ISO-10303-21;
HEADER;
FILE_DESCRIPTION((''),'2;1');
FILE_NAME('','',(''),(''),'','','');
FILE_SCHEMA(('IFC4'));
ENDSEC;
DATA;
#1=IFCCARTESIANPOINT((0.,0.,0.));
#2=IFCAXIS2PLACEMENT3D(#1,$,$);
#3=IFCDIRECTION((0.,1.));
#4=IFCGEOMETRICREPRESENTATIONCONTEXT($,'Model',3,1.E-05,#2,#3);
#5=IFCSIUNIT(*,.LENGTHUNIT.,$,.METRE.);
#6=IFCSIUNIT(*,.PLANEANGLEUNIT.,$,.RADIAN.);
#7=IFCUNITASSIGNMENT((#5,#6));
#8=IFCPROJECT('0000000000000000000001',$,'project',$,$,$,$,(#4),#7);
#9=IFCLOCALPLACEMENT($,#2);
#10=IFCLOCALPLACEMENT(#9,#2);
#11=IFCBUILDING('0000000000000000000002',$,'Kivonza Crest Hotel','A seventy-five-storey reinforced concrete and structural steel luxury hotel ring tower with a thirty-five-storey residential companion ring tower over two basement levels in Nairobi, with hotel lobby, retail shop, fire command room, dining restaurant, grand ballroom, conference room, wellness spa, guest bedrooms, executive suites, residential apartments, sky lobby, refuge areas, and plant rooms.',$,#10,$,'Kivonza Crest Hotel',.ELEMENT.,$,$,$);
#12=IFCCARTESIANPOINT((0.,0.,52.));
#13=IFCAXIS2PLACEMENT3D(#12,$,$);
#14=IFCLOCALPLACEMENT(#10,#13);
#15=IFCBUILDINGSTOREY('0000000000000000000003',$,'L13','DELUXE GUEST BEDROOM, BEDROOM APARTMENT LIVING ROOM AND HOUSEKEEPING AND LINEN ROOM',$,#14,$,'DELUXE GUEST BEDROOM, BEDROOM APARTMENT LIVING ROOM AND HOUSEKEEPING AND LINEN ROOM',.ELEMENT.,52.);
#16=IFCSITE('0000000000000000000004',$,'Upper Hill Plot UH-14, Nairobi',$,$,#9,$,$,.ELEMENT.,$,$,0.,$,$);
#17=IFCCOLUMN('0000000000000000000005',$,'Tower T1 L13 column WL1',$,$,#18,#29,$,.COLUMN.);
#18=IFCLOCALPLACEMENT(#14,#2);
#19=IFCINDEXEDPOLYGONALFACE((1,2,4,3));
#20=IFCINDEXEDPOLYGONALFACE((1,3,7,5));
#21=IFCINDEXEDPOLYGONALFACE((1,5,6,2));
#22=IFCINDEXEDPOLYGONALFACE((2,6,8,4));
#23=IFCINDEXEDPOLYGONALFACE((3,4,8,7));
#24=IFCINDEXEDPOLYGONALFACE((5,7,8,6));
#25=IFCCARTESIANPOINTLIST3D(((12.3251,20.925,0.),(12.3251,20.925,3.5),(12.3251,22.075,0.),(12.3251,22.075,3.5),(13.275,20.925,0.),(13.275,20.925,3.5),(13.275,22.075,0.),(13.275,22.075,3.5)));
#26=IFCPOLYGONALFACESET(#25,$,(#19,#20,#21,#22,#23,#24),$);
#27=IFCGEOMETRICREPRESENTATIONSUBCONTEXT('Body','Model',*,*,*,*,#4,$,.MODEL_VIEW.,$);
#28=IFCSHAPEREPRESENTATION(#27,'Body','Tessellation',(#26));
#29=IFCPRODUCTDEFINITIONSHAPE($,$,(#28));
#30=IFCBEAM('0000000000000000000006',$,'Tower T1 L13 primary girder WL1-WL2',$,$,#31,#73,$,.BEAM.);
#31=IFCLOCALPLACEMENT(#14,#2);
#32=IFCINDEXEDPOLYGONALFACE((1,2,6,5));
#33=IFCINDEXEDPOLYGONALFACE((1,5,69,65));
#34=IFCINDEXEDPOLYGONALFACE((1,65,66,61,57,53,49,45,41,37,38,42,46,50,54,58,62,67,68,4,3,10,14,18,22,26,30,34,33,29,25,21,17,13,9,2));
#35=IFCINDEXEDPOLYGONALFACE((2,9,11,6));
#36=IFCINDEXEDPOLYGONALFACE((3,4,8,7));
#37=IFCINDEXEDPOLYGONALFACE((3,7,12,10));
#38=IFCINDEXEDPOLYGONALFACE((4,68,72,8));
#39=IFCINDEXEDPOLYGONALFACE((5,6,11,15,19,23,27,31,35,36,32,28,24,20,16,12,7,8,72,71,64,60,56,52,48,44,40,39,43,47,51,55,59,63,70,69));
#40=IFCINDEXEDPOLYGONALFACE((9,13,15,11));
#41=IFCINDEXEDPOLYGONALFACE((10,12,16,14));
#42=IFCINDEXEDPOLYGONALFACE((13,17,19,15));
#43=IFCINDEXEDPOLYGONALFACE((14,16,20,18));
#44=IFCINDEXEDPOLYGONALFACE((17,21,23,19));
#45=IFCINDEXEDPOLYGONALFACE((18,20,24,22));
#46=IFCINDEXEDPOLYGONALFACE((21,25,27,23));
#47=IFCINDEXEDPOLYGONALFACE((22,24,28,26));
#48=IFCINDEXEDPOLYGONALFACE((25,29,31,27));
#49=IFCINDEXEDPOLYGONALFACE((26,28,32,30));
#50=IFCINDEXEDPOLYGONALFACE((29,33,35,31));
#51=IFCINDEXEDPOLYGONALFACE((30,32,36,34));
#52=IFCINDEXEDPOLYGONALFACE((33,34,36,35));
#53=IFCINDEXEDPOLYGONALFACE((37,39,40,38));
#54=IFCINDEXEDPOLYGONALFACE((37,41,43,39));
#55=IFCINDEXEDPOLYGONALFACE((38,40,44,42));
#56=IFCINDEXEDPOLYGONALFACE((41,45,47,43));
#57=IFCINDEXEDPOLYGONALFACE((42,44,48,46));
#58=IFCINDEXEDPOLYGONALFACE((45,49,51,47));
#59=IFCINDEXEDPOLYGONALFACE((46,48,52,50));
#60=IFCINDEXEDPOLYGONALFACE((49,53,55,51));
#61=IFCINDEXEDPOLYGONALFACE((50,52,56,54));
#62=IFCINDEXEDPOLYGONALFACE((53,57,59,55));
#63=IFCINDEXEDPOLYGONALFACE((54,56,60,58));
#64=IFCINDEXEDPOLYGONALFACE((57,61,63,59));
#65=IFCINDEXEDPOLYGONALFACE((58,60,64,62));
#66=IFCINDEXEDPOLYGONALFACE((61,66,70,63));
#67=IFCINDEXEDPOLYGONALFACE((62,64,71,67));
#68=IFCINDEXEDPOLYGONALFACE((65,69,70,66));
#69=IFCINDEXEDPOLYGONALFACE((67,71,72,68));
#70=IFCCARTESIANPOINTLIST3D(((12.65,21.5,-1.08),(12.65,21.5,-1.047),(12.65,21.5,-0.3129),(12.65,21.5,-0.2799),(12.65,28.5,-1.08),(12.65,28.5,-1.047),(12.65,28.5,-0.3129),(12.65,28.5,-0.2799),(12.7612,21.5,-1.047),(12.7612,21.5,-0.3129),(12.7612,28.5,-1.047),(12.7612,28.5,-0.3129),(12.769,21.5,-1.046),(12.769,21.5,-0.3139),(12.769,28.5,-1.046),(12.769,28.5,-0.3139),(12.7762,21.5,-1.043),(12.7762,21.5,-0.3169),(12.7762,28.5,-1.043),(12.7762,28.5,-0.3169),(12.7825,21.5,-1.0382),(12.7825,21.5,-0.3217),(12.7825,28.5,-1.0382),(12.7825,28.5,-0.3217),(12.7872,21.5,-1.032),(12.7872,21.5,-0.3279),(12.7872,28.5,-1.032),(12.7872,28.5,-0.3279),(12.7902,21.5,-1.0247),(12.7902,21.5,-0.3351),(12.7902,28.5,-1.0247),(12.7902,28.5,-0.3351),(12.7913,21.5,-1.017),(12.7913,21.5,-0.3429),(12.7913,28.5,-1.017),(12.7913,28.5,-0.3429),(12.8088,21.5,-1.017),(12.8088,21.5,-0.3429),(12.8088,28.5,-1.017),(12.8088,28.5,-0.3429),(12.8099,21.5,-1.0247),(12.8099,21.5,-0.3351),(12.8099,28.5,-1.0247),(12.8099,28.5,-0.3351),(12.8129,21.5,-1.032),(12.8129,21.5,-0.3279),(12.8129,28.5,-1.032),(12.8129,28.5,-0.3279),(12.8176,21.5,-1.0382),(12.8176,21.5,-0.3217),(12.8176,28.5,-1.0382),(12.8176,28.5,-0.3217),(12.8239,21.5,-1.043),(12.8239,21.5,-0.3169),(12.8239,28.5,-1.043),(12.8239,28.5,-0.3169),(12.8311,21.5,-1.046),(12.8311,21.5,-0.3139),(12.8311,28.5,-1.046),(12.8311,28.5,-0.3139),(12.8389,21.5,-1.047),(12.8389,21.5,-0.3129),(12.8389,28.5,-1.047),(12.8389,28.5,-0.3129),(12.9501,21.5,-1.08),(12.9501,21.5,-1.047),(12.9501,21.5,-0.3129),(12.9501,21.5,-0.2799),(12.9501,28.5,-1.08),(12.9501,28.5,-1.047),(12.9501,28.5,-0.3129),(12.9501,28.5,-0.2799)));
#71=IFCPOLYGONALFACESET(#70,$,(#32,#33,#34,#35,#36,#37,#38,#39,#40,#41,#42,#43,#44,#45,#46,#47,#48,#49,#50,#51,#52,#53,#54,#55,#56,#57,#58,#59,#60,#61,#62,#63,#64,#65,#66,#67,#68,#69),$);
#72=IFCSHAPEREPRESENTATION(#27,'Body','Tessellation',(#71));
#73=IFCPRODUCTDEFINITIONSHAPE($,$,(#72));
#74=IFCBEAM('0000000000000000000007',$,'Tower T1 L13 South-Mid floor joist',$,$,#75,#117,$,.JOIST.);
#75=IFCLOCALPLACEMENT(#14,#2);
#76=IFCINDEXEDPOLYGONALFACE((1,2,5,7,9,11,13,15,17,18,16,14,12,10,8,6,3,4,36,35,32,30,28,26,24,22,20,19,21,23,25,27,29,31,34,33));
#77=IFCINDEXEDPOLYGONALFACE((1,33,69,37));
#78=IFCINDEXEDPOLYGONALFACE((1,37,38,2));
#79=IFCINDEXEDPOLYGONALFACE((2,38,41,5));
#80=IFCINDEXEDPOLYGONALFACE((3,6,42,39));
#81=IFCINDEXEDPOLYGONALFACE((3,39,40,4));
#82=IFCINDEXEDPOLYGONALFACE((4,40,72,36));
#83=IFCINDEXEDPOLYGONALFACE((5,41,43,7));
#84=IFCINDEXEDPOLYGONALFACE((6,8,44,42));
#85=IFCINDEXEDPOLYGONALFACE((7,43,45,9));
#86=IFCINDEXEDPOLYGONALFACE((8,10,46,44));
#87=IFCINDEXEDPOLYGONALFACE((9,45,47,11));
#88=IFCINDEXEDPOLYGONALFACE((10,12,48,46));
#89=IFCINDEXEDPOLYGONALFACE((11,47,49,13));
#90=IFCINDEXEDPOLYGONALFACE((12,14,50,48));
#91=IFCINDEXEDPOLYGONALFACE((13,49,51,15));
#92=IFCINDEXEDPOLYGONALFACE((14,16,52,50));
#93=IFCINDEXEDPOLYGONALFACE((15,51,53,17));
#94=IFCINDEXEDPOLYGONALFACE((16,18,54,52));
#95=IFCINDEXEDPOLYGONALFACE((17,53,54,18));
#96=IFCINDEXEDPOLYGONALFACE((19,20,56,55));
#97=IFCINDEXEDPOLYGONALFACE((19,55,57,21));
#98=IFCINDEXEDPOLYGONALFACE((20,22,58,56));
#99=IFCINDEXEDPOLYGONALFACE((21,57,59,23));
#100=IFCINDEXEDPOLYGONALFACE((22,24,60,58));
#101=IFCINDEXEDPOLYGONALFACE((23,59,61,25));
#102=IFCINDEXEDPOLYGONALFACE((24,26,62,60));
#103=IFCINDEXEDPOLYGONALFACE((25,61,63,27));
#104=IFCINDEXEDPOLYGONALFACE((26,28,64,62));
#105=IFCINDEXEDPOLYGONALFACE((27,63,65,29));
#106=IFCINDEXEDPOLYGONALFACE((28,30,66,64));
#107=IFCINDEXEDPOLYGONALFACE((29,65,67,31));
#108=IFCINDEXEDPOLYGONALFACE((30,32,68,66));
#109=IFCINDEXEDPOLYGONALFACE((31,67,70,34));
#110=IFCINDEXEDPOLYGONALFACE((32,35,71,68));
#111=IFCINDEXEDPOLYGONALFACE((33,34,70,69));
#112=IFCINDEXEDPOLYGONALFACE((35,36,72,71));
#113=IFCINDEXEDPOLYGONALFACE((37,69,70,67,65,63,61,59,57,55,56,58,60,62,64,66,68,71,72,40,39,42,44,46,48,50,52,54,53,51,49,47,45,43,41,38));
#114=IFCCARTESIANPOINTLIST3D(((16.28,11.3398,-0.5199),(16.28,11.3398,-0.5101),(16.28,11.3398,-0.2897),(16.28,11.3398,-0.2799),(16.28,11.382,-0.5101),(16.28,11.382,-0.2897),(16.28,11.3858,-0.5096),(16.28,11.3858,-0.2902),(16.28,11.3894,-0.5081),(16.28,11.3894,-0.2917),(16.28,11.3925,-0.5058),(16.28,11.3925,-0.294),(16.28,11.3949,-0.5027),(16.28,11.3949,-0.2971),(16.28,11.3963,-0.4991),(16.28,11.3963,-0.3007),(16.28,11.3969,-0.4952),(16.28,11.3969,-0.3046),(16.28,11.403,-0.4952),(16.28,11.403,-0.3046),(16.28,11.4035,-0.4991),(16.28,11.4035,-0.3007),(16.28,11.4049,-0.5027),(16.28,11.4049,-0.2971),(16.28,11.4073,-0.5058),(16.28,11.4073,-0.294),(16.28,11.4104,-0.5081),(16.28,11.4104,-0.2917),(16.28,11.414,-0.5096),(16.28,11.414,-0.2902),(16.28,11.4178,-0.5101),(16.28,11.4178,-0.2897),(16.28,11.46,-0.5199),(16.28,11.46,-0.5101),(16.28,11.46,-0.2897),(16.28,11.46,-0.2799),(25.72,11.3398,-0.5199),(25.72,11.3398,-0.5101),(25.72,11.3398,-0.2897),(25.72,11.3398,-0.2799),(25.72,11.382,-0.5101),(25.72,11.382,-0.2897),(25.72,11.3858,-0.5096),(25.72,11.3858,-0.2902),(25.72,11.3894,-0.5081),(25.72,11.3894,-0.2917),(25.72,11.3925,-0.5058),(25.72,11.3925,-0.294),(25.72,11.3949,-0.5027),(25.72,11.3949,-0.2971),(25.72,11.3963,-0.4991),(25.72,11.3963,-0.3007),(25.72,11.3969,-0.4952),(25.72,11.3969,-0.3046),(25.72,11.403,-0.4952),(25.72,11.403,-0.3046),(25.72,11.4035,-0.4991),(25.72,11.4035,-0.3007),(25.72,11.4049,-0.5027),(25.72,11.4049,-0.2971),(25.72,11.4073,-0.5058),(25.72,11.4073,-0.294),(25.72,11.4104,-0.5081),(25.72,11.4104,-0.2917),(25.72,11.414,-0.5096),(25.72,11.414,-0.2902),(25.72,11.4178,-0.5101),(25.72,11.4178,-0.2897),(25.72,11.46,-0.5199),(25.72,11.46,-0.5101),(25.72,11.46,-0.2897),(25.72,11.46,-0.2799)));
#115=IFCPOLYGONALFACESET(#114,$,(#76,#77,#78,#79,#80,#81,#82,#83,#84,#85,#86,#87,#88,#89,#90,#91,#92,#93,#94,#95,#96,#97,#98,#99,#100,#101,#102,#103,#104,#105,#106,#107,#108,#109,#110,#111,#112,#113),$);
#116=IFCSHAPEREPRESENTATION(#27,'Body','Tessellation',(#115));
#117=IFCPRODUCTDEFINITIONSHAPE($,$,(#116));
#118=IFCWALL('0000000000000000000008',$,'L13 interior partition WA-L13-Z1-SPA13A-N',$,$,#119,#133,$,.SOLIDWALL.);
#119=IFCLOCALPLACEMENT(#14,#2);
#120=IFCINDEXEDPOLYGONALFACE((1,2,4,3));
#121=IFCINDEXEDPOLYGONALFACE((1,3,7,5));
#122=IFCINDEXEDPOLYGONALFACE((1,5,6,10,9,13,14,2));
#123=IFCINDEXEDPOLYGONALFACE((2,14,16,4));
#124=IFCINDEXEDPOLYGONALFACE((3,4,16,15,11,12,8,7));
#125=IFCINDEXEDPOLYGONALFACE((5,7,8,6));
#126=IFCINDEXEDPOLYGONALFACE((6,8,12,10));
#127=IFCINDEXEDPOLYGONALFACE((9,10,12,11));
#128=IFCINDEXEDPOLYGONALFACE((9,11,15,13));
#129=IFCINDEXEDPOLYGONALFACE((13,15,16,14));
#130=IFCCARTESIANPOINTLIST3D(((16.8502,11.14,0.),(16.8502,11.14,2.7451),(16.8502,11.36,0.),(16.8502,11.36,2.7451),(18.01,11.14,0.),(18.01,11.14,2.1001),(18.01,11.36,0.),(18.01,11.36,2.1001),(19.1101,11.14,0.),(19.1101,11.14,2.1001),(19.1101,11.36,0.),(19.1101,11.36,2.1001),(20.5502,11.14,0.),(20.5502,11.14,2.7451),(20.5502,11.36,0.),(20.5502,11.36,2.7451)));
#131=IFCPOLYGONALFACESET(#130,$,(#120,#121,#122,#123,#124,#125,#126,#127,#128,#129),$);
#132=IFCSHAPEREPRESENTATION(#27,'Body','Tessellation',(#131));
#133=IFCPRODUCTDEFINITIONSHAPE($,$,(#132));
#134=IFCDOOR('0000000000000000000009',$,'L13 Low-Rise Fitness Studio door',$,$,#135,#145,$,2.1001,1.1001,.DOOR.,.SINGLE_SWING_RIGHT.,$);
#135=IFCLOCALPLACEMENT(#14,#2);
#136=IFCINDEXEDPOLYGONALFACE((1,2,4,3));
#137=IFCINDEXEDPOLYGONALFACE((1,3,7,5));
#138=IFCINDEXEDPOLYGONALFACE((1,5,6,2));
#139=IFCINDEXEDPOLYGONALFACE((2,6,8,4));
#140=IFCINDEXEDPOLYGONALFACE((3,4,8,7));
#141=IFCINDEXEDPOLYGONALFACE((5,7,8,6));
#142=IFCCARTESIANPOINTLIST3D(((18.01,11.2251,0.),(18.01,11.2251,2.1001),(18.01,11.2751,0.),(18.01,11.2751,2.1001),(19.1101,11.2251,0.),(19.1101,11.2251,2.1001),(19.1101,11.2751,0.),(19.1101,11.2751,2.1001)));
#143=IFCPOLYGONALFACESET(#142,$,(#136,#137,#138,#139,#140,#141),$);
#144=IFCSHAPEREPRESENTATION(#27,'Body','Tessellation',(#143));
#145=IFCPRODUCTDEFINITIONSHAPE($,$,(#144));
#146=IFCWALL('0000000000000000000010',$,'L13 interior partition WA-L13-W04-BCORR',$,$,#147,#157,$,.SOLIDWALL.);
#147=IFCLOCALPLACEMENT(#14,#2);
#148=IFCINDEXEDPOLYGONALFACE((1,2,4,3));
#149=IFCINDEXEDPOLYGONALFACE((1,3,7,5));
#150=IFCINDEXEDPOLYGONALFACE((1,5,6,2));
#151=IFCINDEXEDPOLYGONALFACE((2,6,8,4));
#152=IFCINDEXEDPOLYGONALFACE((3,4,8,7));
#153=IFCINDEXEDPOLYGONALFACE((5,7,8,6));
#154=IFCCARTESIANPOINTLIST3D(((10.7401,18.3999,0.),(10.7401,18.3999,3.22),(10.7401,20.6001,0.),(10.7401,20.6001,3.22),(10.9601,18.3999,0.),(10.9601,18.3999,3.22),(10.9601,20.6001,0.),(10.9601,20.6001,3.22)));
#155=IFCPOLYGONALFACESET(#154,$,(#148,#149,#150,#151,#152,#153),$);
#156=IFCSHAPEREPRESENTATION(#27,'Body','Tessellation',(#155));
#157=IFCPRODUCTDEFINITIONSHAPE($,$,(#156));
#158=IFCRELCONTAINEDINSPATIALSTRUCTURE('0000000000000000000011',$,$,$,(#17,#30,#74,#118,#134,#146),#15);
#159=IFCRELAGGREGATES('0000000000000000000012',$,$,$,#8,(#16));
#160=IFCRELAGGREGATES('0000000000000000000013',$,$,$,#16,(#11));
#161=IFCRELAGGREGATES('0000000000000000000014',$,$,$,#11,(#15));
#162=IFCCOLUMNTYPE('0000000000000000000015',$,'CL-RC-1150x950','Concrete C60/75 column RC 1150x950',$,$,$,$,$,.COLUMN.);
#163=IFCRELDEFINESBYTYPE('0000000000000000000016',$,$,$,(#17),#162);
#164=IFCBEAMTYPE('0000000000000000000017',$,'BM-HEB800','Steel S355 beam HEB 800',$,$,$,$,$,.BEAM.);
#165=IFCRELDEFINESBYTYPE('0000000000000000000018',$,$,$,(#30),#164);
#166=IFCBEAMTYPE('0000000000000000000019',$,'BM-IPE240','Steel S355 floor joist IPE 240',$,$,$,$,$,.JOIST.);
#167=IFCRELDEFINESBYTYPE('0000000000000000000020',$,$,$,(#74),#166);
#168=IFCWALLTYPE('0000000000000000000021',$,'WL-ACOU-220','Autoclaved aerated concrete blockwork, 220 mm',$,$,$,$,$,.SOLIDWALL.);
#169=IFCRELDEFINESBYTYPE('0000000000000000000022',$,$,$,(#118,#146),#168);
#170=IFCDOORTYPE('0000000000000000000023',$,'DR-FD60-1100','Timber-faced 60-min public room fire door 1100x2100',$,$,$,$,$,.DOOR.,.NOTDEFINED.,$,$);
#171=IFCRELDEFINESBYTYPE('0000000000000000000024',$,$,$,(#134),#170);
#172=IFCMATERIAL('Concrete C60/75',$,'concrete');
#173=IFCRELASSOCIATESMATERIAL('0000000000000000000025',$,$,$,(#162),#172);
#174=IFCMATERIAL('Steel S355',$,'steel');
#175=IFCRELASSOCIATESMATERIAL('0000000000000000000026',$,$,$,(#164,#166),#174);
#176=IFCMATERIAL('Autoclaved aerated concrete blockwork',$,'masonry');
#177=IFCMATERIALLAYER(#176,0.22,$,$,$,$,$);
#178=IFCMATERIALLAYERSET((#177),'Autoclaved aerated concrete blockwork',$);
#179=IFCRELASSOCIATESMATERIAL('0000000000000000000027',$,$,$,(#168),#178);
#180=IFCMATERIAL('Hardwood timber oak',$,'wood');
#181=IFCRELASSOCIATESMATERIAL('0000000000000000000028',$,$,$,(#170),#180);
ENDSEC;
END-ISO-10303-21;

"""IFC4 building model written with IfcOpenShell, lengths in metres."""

from ifc_helpers import new_model, si_unit, direction, frame, frame_2d, origin, origin_2d, place, context, subcontext, project, spatial, rectangle, i_section, extrude, material, layer, layer_set, material_profile, profile_set, type_object, element, fill, save


model = new_model("IFC4")

# Units and contexts
model_context = context("Model", 3, precision=1e-05, world=origin(), true_north=direction((0.0, 1.0)))
body_context = subcontext(model_context, "Body", "Model", "MODEL_VIEW")
ifc_project = project(units=[si_unit("LENGTHUNIT", "METRE"), si_unit("PLANEANGLEUNIT", "RADIAN")], contexts=[model_context])

# Site, building, storey
site_placement = place(None, origin())
site = spatial("IfcSite", under=ifc_project, at=site_placement, Name="Upper Hill Plot UH-14, Nairobi", CompositionType="ELEMENT", RefElevation=0.0)
building_placement = place(site_placement, origin())
building = spatial("IfcBuilding", under=site, at=building_placement, Name="Kivonza Crest Hotel", Description="A seventy-five-storey reinforced concrete and structural steel luxury hotel ring tower with a thirty-five-storey residential companion ring tower over two basement levels in Nairobi, with hotel lobby, retail shop, fire command room, dining restaurant, grand ballroom, conference room, wellness spa, guest bedrooms, executive suites, residential apartments, sky lobby, refuge areas, and plant rooms.", LongName="Kivonza Crest Hotel", CompositionType="ELEMENT")
storey_placement = place(building_placement, frame((0.0, 0.0, 52.0)))
storey = spatial("IfcBuildingStorey", under=building, at=storey_placement, Name="L13", Description="DELUXE GUEST BEDROOM, BEDROOM APARTMENT LIVING ROOM AND HOUSEKEEPING AND LINEN ROOM", LongName="DELUXE GUEST BEDROOM, BEDROOM APARTMENT LIVING ROOM AND HOUSEKEEPING AND LINEN ROOM", CompositionType="ELEMENT", Elevation=52.0)

# Column
ifc_material_1 = material(Name="Concrete C60/75", Category="concrete")
ifc_material_profile_1 = material_profile(ifc_material_1, rectangle(XDim=0.95, YDim=1.1499, at=origin_2d()), Name="RC 1150x950")
ifc_profile_set_1 = profile_set([ifc_material_profile_1], Name="Concrete C60/75")
column_type = type_object("IfcColumnType", Name="CL-RC-1150x950", Description="Concrete C60/75 column RC 1150x950", PredefinedType="COLUMN", material=ifc_profile_set_1)
column_placement = place(storey_placement, frame((12.8, 21.5, 0.0), z_axis=(0.0, 0.0, 1.0), x_axis=(1.0, 0.0, 0.0)))
element("IfcColumn", 1, at=column_placement, inside=storey, type_object=column_type, Name="Tower T1 L13 column WL1", PredefinedType="COLUMN", context=body_context, shape_type="SweptSolid", body=[
    extrude(rectangle(XDim=0.95, YDim=1.1499, at=origin_2d()), origin(), (0.0, 0.0, 1.0), 3.5),
])

# Beams
ifc_material_2 = material(Name="Steel S355", Category="steel")
ifc_material_profile_2 = material_profile(ifc_material_2, i_section(OverallWidth=0.3, OverallDepth=0.8, WebThickness=0.0176, FlangeThickness=0.033, FilletRadius=0.03, at=origin_2d()), Name="HEB 800")
ifc_profile_set_2 = profile_set([ifc_material_profile_2], Name="Steel S355")
beam_type_1 = type_object("IfcBeamType", Name="BM-HEB800", Description="Steel S355 beam HEB 800", PredefinedType="BEAM", material=ifc_profile_set_2)
beam_1_placement = place(storey_placement, frame((12.8, 21.5, -0.6799), z_axis=(0.0, 1.0, 0.0), x_axis=(-1.0, 0.0, 0.0)))
element("IfcBeam", 2, at=beam_1_placement, inside=storey, type_object=beam_type_1, Name="Tower T1 L13 primary girder WL1-WL2", PredefinedType="BEAM", context=body_context, shape_type="SweptSolid", body=[
    extrude(i_section(OverallWidth=0.3, OverallDepth=0.8, WebThickness=0.0176, FlangeThickness=0.033, FilletRadius=0.03, at=origin_2d()), origin(), (0.0, 0.0, 1.0), 7.0),
])
ifc_material_profile_3 = material_profile(ifc_material_2, i_section(OverallWidth=0.1201, OverallDepth=0.24, WebThickness=0.0061, FlangeThickness=0.0098, FilletRadius=0.0149, at=origin_2d()), Name="IPE 240")
ifc_profile_set_3 = profile_set([ifc_material_profile_3], Name="Steel S355")
beam_type_2 = type_object("IfcBeamType", Name="BM-IPE240", Description="Steel S355 floor joist IPE 240", PredefinedType="JOIST", material=ifc_profile_set_3)
beam_2_placement = place(storey_placement, frame((16.28, 11.3999, -0.3999), z_axis=(1.0, 0.0, 0.0), x_axis=(0.0, 1.0, 0.0)))
element("IfcBeam", 3, at=beam_2_placement, inside=storey, type_object=beam_type_2, Name="Tower T1 L13 South-Mid floor joist", PredefinedType="JOIST", context=body_context, shape_type="SweptSolid", body=[
    extrude(i_section(OverallWidth=0.1201, OverallDepth=0.24, WebThickness=0.0061, FlangeThickness=0.0098, FilletRadius=0.0149, at=origin_2d()), origin(), (0.0, 0.0, 1.0), 9.4399),
])

# Wall, opening, door
ifc_material_3 = material(Name="Autoclaved aerated concrete blockwork", Category="masonry")
ifc_layer_1 = layer(ifc_material_3, 0.22)
ifc_layer_set_1 = layer_set([ifc_layer_1], Name="Autoclaved aerated concrete blockwork")
wall_type_1 = type_object("IfcWallType", Name="WL-ACOU-220", Description="Autoclaved aerated concrete blockwork, 220 mm", PredefinedType="SOLIDWALL", material=ifc_layer_set_1)
wall_1_placement = place(storey_placement, frame((16.8501, 11.25, 0.0), z_axis=(0.0, 0.0, 1.0), x_axis=(1.0, 0.0, 0.0)))
wall_1 = element("IfcWall", 4, at=wall_1_placement, inside=storey, type_object=wall_type_1, Name="L13 interior partition WA-L13-Z1-SPA13A-N", PredefinedType="SOLIDWALL", context=body_context, shape_type="SweptSolid", body=[
    extrude(rectangle(XDim=3.7, YDim=0.22, at=frame_2d((1.8501, 0.0))), origin(), (0.0, 0.0, 1.0), 2.7451),
])
opening_1_placement = place(wall_1_placement, frame((1.1599, 0.0, 0.0)))
opening_1 = element("IfcOpeningElement", 5, at=opening_1_placement, cuts=wall_1, PredefinedType="OPENING", context=body_context, shape_type="SweptSolid", body=[
    extrude(rectangle(XDim=1.1001, YDim=2.1001, at=frame_2d((0.55, 1.05))), frame((0.0, 0.1201, 0.0), z_axis=(0.0, -1.0, 0.0), x_axis=(1.0, 0.0, 0.0)), (0.0, 0.0, 1.0), 0.24),
])
ifc_material_4 = material(Name="Hardwood timber oak", Category="wood")
door_type_1 = type_object("IfcDoorType", Name="DR-FD60-1100", Description="Timber-faced 60-min public room fire door 1100x2100", OperationType="NOTDEFINED", PredefinedType="DOOR", material=ifc_material_4)
door_1_placement = place(opening_1_placement, frame((1.1001, 0.0, 0.0), z_axis=(0.0, 0.0, 1.0), x_axis=(-1.0, 0.0, 0.0)))
door_1 = element("IfcDoor", 6, at=door_1_placement, inside=storey, type_object=door_type_1, Name="L13 Low-Rise Fitness Studio door", OperationType="SINGLE_SWING_RIGHT", OverallHeight=2.1001, OverallWidth=1.1001, PredefinedType="DOOR", context=body_context, shape_type="SweptSolid", body=[
    extrude(rectangle(XDim=1.1001, YDim=2.1001, at=frame_2d((0.55, 1.05))), frame((0.0, 0.0249, 0.0), z_axis=(0.0, -1.0, 0.0), x_axis=(1.0, 0.0, 0.0)), (0.0, 0.0, 1.0), 0.05),
])
fill(opening_1, door_1)

# Wall
wall_2_placement = place(storey_placement, frame((10.8501, 18.3999, 0.0), z_axis=(0.0, 0.0, 1.0), x_axis=(0.0, 1.0, 0.0)))
element("IfcWall", 7, at=wall_2_placement, inside=storey, type_object=wall_type_1, Name="L13 interior partition WA-L13-W04-BCORR", PredefinedType="SOLIDWALL", context=body_context, shape_type="SweptSolid", body=[
    extrude(rectangle(XDim=2.2002, YDim=0.22, at=frame_2d((1.1001, 0.0))), origin(), (0.0, 0.0, 1.0), 3.22),
])

save(model, "model.ifc")
